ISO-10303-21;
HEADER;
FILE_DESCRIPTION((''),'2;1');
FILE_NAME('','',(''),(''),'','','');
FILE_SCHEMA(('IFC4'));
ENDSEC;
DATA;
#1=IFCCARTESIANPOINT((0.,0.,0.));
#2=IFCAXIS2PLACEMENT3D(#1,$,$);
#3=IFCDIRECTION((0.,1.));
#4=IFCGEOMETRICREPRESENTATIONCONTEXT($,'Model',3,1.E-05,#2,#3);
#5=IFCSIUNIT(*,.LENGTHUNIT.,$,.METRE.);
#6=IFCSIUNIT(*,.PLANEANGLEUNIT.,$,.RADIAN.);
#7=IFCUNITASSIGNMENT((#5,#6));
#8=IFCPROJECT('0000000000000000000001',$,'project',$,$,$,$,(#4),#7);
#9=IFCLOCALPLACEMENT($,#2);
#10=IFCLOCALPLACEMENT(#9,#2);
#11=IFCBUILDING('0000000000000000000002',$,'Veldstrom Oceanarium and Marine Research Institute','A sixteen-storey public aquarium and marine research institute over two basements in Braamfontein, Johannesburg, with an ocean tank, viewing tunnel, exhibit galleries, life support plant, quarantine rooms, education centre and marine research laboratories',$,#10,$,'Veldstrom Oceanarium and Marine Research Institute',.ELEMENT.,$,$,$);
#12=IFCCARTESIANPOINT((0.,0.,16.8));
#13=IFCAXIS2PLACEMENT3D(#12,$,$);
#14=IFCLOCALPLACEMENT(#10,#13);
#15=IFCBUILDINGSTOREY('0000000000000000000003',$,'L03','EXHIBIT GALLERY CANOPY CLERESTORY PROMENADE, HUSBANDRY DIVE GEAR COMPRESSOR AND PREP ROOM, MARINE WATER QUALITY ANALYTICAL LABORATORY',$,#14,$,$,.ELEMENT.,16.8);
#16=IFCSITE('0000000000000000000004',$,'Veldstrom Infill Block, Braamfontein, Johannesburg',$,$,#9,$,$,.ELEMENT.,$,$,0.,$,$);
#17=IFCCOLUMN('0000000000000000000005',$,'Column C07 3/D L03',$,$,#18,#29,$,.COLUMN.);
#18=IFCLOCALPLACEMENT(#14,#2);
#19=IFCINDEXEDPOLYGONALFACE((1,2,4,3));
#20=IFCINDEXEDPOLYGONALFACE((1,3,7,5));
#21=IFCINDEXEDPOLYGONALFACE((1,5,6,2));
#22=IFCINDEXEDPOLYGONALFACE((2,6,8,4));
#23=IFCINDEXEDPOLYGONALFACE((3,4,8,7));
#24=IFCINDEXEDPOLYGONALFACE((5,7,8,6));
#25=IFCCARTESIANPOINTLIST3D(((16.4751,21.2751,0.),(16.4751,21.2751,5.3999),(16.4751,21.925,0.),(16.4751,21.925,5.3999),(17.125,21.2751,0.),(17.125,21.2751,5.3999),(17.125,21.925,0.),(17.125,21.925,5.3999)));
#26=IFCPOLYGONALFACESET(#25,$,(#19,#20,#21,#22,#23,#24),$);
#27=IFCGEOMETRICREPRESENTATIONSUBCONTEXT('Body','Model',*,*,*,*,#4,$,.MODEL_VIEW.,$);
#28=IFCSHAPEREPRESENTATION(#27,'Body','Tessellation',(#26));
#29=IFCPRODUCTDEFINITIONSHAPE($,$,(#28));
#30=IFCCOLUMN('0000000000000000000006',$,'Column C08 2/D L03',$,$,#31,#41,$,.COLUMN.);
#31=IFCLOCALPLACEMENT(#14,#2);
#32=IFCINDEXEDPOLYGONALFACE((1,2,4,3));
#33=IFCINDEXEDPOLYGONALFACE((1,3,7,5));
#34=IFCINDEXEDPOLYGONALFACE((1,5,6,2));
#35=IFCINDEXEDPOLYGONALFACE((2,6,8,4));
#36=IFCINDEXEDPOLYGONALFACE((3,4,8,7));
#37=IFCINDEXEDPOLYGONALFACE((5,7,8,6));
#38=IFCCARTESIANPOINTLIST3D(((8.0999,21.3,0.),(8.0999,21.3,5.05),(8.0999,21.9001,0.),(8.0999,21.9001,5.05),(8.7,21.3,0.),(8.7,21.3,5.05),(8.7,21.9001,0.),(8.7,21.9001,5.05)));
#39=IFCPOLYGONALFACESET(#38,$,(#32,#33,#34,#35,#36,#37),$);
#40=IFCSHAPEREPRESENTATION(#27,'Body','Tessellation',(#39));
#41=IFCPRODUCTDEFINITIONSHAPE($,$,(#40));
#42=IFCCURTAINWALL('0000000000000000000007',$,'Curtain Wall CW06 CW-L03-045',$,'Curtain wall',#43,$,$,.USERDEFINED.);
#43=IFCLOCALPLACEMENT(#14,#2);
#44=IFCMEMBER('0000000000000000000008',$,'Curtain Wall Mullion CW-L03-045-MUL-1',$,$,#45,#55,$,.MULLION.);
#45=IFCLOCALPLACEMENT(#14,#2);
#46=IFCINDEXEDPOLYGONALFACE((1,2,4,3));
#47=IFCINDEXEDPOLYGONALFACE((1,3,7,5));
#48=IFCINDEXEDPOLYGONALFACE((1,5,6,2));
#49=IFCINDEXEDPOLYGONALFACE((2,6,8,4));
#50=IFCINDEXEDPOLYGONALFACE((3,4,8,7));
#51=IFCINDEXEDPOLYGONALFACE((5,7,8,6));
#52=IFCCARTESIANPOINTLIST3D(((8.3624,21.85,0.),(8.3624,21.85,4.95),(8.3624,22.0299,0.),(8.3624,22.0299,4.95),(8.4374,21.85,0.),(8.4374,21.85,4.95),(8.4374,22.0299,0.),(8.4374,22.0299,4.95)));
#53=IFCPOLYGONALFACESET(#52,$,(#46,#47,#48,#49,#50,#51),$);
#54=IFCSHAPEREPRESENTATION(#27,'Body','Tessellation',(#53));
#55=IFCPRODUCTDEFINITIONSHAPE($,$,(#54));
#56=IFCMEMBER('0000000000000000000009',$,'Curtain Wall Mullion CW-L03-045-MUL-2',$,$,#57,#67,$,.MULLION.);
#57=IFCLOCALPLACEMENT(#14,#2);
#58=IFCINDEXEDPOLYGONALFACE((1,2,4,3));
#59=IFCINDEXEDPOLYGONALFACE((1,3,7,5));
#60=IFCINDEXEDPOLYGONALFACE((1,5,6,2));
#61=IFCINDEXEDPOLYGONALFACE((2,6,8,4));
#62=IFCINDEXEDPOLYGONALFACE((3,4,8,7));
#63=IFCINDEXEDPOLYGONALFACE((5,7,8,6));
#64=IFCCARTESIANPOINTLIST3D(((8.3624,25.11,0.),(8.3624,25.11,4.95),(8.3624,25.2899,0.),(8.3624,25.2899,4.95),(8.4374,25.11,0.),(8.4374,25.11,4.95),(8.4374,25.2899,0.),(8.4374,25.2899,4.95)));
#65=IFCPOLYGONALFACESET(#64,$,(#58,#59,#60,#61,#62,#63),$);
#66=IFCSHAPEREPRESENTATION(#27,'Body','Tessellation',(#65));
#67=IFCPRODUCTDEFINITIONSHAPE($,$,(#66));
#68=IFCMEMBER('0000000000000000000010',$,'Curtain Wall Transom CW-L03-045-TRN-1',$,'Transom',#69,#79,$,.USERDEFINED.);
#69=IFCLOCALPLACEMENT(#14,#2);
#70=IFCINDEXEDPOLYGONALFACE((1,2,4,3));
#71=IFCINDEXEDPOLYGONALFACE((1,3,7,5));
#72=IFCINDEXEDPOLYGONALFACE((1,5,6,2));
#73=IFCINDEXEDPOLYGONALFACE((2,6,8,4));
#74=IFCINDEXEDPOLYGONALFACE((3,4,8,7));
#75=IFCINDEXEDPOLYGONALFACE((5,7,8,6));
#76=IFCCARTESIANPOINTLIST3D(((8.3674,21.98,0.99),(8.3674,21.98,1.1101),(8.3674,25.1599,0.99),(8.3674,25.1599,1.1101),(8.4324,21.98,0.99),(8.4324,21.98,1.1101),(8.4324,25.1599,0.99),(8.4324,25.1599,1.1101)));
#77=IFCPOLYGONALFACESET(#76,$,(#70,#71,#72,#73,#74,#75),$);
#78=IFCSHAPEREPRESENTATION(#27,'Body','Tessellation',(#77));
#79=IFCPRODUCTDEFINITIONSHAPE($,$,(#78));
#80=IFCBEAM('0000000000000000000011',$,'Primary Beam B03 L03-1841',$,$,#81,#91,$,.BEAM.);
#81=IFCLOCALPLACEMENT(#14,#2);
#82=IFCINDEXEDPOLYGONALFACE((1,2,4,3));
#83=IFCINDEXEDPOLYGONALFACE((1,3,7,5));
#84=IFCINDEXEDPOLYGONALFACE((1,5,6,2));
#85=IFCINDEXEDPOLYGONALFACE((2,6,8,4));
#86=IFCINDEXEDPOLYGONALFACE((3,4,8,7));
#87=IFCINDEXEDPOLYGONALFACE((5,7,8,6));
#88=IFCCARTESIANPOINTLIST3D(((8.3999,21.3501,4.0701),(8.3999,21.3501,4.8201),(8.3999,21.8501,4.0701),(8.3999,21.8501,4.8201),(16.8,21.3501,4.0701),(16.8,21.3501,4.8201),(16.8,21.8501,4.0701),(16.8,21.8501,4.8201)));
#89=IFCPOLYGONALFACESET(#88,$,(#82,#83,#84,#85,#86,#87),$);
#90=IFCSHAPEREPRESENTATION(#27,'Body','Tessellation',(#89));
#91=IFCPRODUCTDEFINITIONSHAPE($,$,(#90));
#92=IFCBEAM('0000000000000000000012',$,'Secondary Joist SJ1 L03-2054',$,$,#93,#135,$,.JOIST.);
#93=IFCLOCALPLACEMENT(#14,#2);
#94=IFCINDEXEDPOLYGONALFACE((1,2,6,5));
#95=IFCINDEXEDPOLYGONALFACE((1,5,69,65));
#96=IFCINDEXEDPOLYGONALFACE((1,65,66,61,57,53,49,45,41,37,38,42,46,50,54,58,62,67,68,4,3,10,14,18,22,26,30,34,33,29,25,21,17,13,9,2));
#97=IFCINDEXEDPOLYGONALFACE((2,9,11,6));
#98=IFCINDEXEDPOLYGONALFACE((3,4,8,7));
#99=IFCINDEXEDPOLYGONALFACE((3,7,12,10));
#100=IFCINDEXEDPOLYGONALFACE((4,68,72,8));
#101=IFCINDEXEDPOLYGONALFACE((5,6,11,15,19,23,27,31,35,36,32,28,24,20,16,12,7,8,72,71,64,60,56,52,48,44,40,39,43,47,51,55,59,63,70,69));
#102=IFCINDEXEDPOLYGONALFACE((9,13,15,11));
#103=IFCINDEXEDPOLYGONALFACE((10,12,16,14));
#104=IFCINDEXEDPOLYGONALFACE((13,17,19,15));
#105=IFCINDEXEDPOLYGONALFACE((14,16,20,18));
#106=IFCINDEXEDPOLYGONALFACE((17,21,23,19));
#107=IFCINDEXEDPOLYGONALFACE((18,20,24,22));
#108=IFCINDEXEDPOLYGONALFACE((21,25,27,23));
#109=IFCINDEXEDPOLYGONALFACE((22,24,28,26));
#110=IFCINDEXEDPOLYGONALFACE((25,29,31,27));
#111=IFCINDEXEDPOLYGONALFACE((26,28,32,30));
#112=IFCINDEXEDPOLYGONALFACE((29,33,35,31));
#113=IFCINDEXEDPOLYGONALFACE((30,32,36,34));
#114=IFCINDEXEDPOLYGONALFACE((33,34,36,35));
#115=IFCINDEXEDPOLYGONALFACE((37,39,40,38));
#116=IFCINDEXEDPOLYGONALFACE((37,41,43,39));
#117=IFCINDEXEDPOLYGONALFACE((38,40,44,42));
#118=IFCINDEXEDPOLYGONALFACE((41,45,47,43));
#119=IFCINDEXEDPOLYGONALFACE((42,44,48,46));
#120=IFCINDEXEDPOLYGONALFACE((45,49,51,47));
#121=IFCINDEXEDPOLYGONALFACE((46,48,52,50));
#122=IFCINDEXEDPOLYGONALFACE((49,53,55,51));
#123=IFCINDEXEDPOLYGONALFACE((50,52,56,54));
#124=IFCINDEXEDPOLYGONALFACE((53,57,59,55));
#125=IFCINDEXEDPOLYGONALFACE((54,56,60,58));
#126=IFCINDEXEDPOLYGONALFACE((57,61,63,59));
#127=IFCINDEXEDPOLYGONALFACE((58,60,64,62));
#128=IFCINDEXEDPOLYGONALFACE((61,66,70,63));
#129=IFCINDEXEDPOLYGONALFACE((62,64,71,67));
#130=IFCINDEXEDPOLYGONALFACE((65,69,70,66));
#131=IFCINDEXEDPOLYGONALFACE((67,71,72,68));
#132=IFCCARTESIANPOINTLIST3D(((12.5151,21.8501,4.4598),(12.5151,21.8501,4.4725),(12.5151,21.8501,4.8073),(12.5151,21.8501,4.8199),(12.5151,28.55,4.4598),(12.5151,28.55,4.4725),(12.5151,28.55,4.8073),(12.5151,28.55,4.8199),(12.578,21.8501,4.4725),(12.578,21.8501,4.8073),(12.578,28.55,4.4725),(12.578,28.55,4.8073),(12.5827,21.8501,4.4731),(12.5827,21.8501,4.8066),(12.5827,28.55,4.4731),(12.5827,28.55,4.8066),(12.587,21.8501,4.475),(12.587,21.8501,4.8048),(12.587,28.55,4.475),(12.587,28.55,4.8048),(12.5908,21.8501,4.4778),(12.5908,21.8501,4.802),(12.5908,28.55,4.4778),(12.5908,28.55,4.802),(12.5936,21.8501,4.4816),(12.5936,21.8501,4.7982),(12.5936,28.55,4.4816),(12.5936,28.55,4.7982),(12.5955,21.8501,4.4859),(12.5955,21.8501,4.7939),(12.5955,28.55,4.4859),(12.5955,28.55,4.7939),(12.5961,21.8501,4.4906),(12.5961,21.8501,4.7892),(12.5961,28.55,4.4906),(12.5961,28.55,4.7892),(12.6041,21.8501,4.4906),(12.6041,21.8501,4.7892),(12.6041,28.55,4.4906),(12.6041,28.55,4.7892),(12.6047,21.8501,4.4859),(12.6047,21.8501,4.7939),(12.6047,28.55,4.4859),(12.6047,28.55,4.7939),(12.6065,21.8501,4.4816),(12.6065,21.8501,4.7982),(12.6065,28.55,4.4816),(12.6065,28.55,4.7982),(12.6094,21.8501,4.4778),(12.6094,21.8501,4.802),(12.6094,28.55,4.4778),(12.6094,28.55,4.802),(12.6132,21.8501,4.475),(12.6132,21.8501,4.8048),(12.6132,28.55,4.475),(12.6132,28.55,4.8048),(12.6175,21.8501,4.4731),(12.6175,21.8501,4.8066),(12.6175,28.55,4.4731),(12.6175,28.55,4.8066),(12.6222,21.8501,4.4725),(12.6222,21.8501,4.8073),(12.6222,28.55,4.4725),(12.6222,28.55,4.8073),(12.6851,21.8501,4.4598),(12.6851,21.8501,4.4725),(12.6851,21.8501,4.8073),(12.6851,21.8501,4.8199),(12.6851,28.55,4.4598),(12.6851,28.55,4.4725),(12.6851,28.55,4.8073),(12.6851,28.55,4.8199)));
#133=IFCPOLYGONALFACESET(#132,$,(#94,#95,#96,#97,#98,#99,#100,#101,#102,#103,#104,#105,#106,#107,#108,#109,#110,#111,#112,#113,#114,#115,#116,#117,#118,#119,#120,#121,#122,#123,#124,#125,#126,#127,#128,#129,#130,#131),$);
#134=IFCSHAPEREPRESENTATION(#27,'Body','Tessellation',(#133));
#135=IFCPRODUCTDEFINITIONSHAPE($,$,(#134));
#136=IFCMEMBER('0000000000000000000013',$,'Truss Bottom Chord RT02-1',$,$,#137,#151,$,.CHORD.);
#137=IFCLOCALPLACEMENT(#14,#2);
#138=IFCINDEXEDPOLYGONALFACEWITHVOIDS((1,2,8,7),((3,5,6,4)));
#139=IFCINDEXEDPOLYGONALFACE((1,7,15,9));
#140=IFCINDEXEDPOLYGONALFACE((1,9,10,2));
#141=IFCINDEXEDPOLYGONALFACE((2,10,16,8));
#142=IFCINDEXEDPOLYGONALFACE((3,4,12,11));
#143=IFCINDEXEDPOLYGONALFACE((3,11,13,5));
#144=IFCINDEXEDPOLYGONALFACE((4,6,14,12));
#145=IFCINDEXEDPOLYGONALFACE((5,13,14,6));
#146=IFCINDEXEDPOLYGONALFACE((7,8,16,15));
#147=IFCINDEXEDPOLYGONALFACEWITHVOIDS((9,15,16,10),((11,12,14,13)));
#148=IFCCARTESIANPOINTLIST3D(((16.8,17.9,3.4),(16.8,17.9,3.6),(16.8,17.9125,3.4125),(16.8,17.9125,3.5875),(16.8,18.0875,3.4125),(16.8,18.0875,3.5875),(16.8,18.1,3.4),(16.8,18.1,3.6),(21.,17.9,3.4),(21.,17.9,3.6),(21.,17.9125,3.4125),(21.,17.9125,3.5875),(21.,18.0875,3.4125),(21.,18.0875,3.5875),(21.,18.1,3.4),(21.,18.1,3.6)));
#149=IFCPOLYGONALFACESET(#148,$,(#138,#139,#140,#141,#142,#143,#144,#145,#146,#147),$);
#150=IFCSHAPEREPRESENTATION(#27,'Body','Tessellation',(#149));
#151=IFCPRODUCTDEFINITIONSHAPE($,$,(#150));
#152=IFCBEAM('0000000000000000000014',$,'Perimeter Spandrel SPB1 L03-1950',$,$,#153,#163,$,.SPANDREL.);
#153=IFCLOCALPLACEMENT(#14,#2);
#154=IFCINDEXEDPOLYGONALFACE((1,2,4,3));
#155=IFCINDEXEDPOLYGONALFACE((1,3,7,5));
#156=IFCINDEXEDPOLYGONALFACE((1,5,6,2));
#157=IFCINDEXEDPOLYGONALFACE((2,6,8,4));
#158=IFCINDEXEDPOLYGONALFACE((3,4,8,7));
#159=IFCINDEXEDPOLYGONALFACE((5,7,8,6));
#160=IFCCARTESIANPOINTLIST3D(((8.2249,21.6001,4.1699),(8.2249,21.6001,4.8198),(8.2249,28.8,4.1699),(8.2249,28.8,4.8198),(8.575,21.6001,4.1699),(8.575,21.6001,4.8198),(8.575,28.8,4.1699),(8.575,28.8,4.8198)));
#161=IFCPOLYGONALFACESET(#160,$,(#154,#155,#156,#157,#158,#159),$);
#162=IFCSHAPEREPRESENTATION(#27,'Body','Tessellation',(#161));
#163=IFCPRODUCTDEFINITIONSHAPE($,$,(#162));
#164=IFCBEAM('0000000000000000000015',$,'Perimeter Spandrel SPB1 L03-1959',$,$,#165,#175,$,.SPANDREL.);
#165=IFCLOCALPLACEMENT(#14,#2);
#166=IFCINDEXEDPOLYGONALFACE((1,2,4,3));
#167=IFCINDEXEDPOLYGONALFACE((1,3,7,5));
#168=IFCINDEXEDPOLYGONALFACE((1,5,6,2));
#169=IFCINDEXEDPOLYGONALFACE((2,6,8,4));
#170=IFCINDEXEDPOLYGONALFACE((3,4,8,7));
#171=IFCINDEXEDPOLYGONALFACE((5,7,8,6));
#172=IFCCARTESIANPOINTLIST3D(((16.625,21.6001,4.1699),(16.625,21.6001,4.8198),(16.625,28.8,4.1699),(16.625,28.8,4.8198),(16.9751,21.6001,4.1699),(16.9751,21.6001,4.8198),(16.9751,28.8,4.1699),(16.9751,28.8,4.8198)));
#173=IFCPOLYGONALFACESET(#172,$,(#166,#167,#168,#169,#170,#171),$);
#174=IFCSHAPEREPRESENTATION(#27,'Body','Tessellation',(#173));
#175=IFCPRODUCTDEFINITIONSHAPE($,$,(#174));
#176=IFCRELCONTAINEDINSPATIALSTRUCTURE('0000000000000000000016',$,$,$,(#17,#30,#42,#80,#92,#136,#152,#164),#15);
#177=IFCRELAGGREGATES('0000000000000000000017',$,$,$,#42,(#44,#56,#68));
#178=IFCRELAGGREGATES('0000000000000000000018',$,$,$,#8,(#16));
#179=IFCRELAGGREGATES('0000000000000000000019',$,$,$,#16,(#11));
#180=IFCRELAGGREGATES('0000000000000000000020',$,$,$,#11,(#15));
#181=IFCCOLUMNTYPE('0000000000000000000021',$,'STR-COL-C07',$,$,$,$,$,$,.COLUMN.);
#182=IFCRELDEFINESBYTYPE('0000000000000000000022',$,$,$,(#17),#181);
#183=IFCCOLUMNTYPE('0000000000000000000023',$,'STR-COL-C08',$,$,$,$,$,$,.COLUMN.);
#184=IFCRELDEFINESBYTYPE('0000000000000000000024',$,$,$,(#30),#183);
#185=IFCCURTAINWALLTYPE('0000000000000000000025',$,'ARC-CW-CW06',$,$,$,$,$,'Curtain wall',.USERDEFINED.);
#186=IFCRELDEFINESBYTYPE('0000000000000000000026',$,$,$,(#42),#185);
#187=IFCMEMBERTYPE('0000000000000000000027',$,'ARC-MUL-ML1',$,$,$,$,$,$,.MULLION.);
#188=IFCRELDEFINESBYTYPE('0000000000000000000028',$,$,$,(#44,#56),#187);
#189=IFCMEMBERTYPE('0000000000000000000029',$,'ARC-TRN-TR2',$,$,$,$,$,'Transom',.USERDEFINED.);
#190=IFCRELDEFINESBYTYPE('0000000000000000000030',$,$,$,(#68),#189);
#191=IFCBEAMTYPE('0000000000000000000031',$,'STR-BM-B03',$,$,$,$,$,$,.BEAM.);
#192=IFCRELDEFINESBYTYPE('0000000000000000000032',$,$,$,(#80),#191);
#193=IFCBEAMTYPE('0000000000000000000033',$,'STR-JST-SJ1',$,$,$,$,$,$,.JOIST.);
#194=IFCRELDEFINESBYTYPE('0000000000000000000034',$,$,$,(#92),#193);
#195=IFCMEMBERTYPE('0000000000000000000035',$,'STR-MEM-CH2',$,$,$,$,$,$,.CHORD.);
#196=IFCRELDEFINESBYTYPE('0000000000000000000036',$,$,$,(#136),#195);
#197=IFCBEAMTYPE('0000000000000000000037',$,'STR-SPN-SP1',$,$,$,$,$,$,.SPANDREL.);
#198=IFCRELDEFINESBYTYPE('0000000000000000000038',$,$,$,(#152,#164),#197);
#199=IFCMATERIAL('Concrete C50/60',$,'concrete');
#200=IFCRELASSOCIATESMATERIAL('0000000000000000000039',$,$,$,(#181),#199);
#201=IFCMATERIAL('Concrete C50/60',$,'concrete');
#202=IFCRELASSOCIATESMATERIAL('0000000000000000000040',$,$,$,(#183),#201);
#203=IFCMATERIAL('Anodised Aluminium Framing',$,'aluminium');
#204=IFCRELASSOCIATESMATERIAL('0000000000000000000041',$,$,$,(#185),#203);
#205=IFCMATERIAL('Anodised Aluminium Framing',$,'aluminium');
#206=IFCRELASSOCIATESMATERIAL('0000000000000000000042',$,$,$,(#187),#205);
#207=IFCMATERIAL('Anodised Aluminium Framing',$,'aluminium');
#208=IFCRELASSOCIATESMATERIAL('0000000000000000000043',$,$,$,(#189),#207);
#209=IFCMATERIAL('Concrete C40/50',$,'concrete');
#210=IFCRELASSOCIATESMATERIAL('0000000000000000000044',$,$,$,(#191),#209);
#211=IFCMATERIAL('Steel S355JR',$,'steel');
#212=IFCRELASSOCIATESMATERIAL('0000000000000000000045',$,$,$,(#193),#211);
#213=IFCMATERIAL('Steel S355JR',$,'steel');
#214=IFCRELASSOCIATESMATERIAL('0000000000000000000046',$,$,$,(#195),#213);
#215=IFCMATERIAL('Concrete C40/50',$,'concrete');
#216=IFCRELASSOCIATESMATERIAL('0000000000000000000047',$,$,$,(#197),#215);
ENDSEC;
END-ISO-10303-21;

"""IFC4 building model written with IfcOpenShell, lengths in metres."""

from ifc_helpers import new_model, si_unit, direction, frame, origin, origin_2d, place, context, subcontext, project, spatial, rectangle, hollow_rectangle, i_section, extrude, material, material_profile, profile_set, type_object, element, aggregate, save


model = new_model("IFC4")

# Units and contexts
model_context = context("Model", 3, precision=1e-05, world=origin(), true_north=direction((0.0, 1.0)))
body_context = subcontext(model_context, "Body", "Model", "MODEL_VIEW")
ifc_project = project(units=[si_unit("LENGTHUNIT", "METRE"), si_unit("PLANEANGLEUNIT", "RADIAN")], contexts=[model_context])

# Site, building, storey
site_placement = place(None, origin())
site = spatial("IfcSite", under=ifc_project, at=site_placement, Name="Veldstrom Infill Block, Braamfontein, Johannesburg", CompositionType="ELEMENT", RefElevation=0.0)
building_placement = place(site_placement, origin())
building = spatial("IfcBuilding", under=site, at=building_placement, Name="Veldstrom Oceanarium and Marine Research Institute", Description="A sixteen-storey public aquarium and marine research institute over two basements in Braamfontein, Johannesburg, with an ocean tank, viewing tunnel, exhibit galleries, life support plant, quarantine rooms, education centre and marine research laboratories", LongName="Veldstrom Oceanarium and Marine Research Institute", CompositionType="ELEMENT")
storey_placement = place(building_placement, frame((0.0, 0.0, 16.8)))
storey = spatial("IfcBuildingStorey", under=building, at=storey_placement, Name="L03", Description="EXHIBIT GALLERY CANOPY CLERESTORY PROMENADE, HUSBANDRY DIVE GEAR COMPRESSOR AND PREP ROOM, MARINE WATER QUALITY ANALYTICAL LABORATORY", CompositionType="ELEMENT", Elevation=16.8)

# Columns
ifc_material_1 = material(Name="Concrete C50/60", Category="concrete")
ifc_material_profile_1 = material_profile(ifc_material_1, rectangle(XDim=0.6499, YDim=0.6499, at=origin_2d()), Name="RC-COL-650x650")
ifc_profile_set_1 = profile_set([ifc_material_profile_1], Name="Concrete C50/60")
column_type_1 = type_object("IfcColumnType", Name="STR-COL-C07", PredefinedType="COLUMN", material=ifc_profile_set_1)
column_1_placement = place(storey_placement, frame((16.8, 21.6001, 0.0), z_axis=(0.0, 0.0, 1.0), x_axis=(1.0, 0.0, 0.0)))
element("IfcColumn", 1, at=column_1_placement, inside=storey, type_object=column_type_1, Name="Column C07 3/D L03", PredefinedType="COLUMN", context=body_context, shape_type="SweptSolid", body=[
    extrude(rectangle(XDim=0.6499, YDim=0.6499, at=origin_2d()), origin(), (0.0, 0.0, 1.0), 5.3999),
])
ifc_material_2 = material(Name="Concrete C50/60", Category="concrete")
ifc_material_profile_2 = material_profile(ifc_material_2, rectangle(XDim=0.6001, YDim=0.6001, at=origin_2d()), Name="RC-COL-600x600")
ifc_profile_set_2 = profile_set([ifc_material_profile_2], Name="Concrete C50/60")
column_type_2 = type_object("IfcColumnType", Name="STR-COL-C08", PredefinedType="COLUMN", material=ifc_profile_set_2)
column_2_placement = place(storey_placement, frame((8.3999, 21.6001, 0.0), z_axis=(0.0, 0.0, 1.0), x_axis=(1.0, 0.0, 0.0)))
element("IfcColumn", 2, at=column_2_placement, inside=storey, type_object=column_type_2, Name="Column C08 2/D L03", PredefinedType="COLUMN", context=body_context, shape_type="SweptSolid", body=[
    extrude(rectangle(XDim=0.6001, YDim=0.6001, at=origin_2d()), origin(), (0.0, 0.0, 1.0), 5.05),
])

# Curtain wall, members
ifc_material_3 = material(Name="Anodised Aluminium Framing", Category="aluminium")
curtain_wall_type = type_object("IfcCurtainWallType", Name="ARC-CW-CW06", ElementType="Curtain wall", PredefinedType="USERDEFINED", material=ifc_material_3)
curtain_wall_placement = place(storey_placement, origin())
curtain_wall = element("IfcCurtainWall", 3, at=curtain_wall_placement, inside=storey, type_object=curtain_wall_type, Name="Curtain Wall CW06 CW-L03-045", ObjectType="Curtain wall", PredefinedType="USERDEFINED")
ifc_material_4 = material(Name="Anodised Aluminium Framing", Category="aluminium")
ifc_material_profile_3 = material_profile(ifc_material_4, rectangle(XDim=0.075, YDim=0.1799, at=origin_2d()), Name="ALU-MUL-75x180")
ifc_profile_set_3 = profile_set([ifc_material_profile_3], Name="Anodised Aluminium Framing")
member_type_1 = type_object("IfcMemberType", Name="ARC-MUL-ML1", PredefinedType="MULLION", material=ifc_profile_set_3)
member_1_placement = place(storey_placement, frame((8.3999, 21.9399, 0.0), z_axis=(0.0, 0.0, 1.0), x_axis=(1.0, 0.0, 0.0)))
member_1 = element("IfcMember", 4, at=member_1_placement, type_object=member_type_1, Name="Curtain Wall Mullion CW-L03-045-MUL-1", PredefinedType="MULLION", context=body_context, shape_type="SweptSolid", body=[
    extrude(rectangle(XDim=0.075, YDim=0.1799, at=origin_2d()), origin(), (0.0, 0.0, 1.0), 4.95),
])
member_2_placement = place(storey_placement, frame((8.3999, 25.2, 0.0), z_axis=(0.0, 0.0, 1.0), x_axis=(1.0, 0.0, 0.0)))
member_2 = element("IfcMember", 5, at=member_2_placement, type_object=member_type_1, Name="Curtain Wall Mullion CW-L03-045-MUL-2", PredefinedType="MULLION", context=body_context, shape_type="SweptSolid", body=[
    extrude(rectangle(XDim=0.075, YDim=0.1799, at=origin_2d()), origin(), (0.0, 0.0, 1.0), 4.95),
])
ifc_material_5 = material(Name="Anodised Aluminium Framing", Category="aluminium")
ifc_material_profile_4 = material_profile(ifc_material_5, rectangle(XDim=0.0649, YDim=0.1201, at=origin_2d()), Name="ALU-TRN-65x120")
ifc_profile_set_4 = profile_set([ifc_material_profile_4], Name="Anodised Aluminium Framing")
member_type_2 = type_object("IfcMemberType", Name="ARC-TRN-TR2", ElementType="Transom", PredefinedType="USERDEFINED", material=ifc_profile_set_4)
member_3_placement = place(storey_placement, frame((8.3999, 21.98, 1.05), z_axis=(0.0, 1.0, 0.0), x_axis=(-1.0, 0.0, 0.0)))
member_3 = element("IfcMember", 6, at=member_3_placement, type_object=member_type_2, Name="Curtain Wall Transom CW-L03-045-TRN-1", ObjectType="Transom", PredefinedType="USERDEFINED", context=body_context, shape_type="SweptSolid", body=[
    extrude(rectangle(XDim=0.0649, YDim=0.1201, at=origin_2d()), origin(), (0.0, 0.0, 1.0), 3.1799),
])

# Beams
ifc_material_6 = material(Name="Concrete C40/50", Category="concrete")
ifc_material_profile_5 = material_profile(ifc_material_6, rectangle(XDim=0.5, YDim=0.75, at=origin_2d()), Name="RC-BM-500x750")
ifc_profile_set_5 = profile_set([ifc_material_profile_5], Name="Concrete C40/50")
beam_type_1 = type_object("IfcBeamType", Name="STR-BM-B03", PredefinedType="BEAM", material=ifc_profile_set_5)
beam_1_placement = place(storey_placement, frame((8.3999, 21.6001, 4.4451), z_axis=(1.0, 0.0, 0.0), x_axis=(0.0, 1.0, 0.0)))
element("IfcBeam", 7, at=beam_1_placement, inside=storey, type_object=beam_type_1, Name="Primary Beam B03 L03-1841", PredefinedType="BEAM", context=body_context, shape_type="SweptSolid", body=[
    extrude(rectangle(XDim=0.5, YDim=0.75, at=origin_2d()), origin(), (0.0, 0.0, 1.0), 8.4001),
])
ifc_material_7 = material(Name="Steel S355JR", Category="steel")
ifc_material_profile_6 = material_profile(ifc_material_7, i_section(OverallWidth=0.1699, OverallDepth=0.3601, WebThickness=0.0081, FlangeThickness=0.0127, FilletRadius=0.0181, at=origin_2d()), Name="IPE 360")
ifc_profile_set_6 = profile_set([ifc_material_profile_6], Name="Steel S355JR")
beam_type_2 = type_object("IfcBeamType", Name="STR-JST-SJ1", PredefinedType="JOIST", material=ifc_profile_set_6)
beam_2_placement = place(storey_placement, frame((12.6001, 21.8501, 4.6399), z_axis=(0.0, 1.0, 0.0), x_axis=(-1.0, 0.0, 0.0)))
element("IfcBeam", 8, at=beam_2_placement, inside=storey, type_object=beam_type_2, Name="Secondary Joist SJ1 L03-2054", PredefinedType="JOIST", context=body_context, shape_type="SweptSolid", body=[
    extrude(i_section(OverallWidth=0.1699, OverallDepth=0.3601, WebThickness=0.0081, FlangeThickness=0.0127, FilletRadius=0.0181, at=origin_2d()), origin(), (0.0, 0.0, 1.0), 6.7),
])

# Member
ifc_material_8 = material(Name="Steel S355JR", Category="steel")
ifc_material_profile_7 = material_profile(ifc_material_8, hollow_rectangle(XDim=0.2, YDim=0.2, WallThickness=0.0125, at=origin_2d()), Name="SHS 200x200x12.5")
ifc_profile_set_7 = profile_set([ifc_material_profile_7], Name="Steel S355JR")
member_type_3 = type_object("IfcMemberType", Name="STR-MEM-CH2", PredefinedType="CHORD", material=ifc_profile_set_7)
member_4_placement = place(storey_placement, frame((16.8, 18.0, 3.5), z_axis=(1.0, 0.0, 0.0), x_axis=(0.0, 1.0, 0.0)))
element("IfcMember", 9, at=member_4_placement, inside=storey, type_object=member_type_3, Name="Truss Bottom Chord RT02-1", PredefinedType="CHORD", context=body_context, shape_type="SweptSolid", body=[
    extrude(hollow_rectangle(XDim=0.2, YDim=0.2, WallThickness=0.0125, at=origin_2d()), origin(), (0.0, 0.0, 1.0), 4.2),
])

# Beams
ifc_material_9 = material(Name="Concrete C40/50", Category="concrete")
ifc_material_profile_8 = material_profile(ifc_material_9, rectangle(XDim=0.3501, YDim=0.6499, at=origin_2d()), Name="RC-SPN-350x650")
ifc_profile_set_8 = profile_set([ifc_material_profile_8], Name="Concrete C40/50")
beam_type_3 = type_object("IfcBeamType", Name="STR-SPN-SP1", PredefinedType="SPANDREL", material=ifc_profile_set_8)
for number, where, z_axis, x_axis, name in (
    (10, (8.3999, 21.6001, 4.4949), (0.0, 1.0, 0.0), (-1.0, 0.0, 0.0), "Perimeter Spandrel SPB1 L03-1950"),
    (11, (16.8, 21.6001, 4.4949), (0.0, 1.0, 0.0), (-1.0, 0.0, 0.0), "Perimeter Spandrel SPB1 L03-1959"),
):
    element("IfcBeam", number, at=place(storey_placement, frame(where, z_axis=z_axis, x_axis=x_axis)), inside=storey, type_object=beam_type_3, Name=name, PredefinedType="SPANDREL", context=body_context, shape_type="SweptSolid", body=[
        extrude(rectangle(XDim=0.3501, YDim=0.6499, at=origin_2d()), origin(), (0.0, 0.0, 1.0), 7.2),
    ])

aggregate(curtain_wall, [member_1, member_2, member_3])

save(model, "model.ifc")
